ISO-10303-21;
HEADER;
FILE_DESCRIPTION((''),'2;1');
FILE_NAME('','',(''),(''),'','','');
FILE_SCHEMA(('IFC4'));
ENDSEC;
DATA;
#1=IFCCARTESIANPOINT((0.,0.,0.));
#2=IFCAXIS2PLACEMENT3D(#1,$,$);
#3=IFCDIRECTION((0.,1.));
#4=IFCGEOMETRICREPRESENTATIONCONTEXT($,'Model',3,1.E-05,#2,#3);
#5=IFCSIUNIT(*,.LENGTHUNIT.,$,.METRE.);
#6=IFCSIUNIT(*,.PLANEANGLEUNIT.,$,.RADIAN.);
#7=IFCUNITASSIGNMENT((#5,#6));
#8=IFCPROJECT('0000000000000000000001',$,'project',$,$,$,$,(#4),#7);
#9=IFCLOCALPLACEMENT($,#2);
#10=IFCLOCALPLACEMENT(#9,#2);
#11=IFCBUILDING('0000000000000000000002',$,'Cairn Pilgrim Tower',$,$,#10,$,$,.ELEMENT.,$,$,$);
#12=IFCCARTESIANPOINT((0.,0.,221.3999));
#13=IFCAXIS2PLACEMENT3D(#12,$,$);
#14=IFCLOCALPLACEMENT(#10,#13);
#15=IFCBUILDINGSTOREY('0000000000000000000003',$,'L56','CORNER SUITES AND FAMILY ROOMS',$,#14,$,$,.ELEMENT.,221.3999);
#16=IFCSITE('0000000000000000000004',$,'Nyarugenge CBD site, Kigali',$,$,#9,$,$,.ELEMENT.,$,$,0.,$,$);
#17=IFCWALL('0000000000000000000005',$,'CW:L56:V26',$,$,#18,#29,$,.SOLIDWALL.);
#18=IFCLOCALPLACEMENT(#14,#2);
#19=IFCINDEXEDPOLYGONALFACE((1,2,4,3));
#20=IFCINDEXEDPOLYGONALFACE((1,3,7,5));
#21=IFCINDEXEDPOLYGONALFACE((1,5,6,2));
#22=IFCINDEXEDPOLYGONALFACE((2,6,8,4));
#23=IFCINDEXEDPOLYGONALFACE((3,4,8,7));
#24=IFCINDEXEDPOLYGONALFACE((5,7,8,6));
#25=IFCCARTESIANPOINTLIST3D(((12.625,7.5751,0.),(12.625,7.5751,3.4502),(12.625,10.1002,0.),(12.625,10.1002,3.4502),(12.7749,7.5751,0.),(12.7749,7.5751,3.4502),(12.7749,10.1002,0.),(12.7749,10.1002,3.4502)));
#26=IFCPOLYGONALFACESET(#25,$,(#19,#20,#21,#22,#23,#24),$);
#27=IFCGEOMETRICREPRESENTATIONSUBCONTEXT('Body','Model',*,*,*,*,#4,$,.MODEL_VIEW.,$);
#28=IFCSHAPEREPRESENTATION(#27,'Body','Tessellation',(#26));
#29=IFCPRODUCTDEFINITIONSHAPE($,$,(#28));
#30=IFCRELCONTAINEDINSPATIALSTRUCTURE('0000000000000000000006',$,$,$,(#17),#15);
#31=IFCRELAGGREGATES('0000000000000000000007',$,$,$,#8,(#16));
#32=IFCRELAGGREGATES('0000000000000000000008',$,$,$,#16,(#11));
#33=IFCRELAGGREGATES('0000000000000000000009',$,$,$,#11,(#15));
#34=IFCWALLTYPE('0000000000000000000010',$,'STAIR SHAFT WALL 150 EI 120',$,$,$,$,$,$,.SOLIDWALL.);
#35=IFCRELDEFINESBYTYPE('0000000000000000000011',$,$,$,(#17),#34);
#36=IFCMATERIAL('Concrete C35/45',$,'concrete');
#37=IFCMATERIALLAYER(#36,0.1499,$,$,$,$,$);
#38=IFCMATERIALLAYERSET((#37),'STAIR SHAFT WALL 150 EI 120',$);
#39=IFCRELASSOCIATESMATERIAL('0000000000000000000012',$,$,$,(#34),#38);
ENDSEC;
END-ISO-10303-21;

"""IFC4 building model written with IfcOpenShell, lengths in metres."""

from ifc_helpers import new_model, si_unit, direction, frame, frame_2d, origin, place, context, subcontext, project, spatial, rectangle, extrude, material, layer, layer_set, type_object, element, save


model = new_model("IFC4")

# Units and contexts
model_context = context("Model", 3, precision=1e-05, world=origin(), true_north=direction((0.0, 1.0)))
body_context = subcontext(model_context, "Body", "Model", "MODEL_VIEW")
ifc_project = project(units=[si_unit("LENGTHUNIT", "METRE"), si_unit("PLANEANGLEUNIT", "RADIAN")], contexts=[model_context])

# Site, building, storey
site_placement = place(None, origin())
site = spatial("IfcSite", under=ifc_project, at=site_placement, Name="Nyarugenge CBD site, Kigali", CompositionType="ELEMENT", RefElevation=0.0)
building_placement = place(site_placement, origin())
building = spatial("IfcBuilding", under=site, at=building_placement, Name="Cairn Pilgrim Tower", CompositionType="ELEMENT")
storey_placement = place(building_placement, frame((0.0, 0.0, 221.3999)))
storey = spatial("IfcBuildingStorey", under=building, at=storey_placement, Name="L56", Description="CORNER SUITES AND FAMILY ROOMS", CompositionType="ELEMENT", Elevation=221.3999)

# Wall
ifc_material_1 = material(Name="Concrete C35/45", Category="concrete")
ifc_layer_1 = layer(ifc_material_1, 0.1499)
ifc_layer_set_1 = layer_set([ifc_layer_1], Name="STAIR SHAFT WALL 150 EI 120")
wall_type_1 = type_object("IfcWallType", Name="STAIR SHAFT WALL 150 EI 120", PredefinedType="SOLIDWALL", material=ifc_layer_set_1)
wall_1_placement = place(storey_placement, frame((12.7, 7.575, 0.0), z_axis=(0.0, 0.0, 1.0), x_axis=(0.0, 1.0, 0.0)))
element("IfcWall", 1, at=wall_1_placement, inside=storey, type_object=wall_type_1, Name="CW:L56:V26", PredefinedType="SOLIDWALL", context=body_context, shape_type="SweptSolid", body=[
    extrude(rectangle(XDim=2.5251, YDim=0.1499, at=frame_2d((1.2627, 0.0))), origin(), (0.0, 0.0, 1.0), 3.4502),
])

save(model, "model.ifc")
